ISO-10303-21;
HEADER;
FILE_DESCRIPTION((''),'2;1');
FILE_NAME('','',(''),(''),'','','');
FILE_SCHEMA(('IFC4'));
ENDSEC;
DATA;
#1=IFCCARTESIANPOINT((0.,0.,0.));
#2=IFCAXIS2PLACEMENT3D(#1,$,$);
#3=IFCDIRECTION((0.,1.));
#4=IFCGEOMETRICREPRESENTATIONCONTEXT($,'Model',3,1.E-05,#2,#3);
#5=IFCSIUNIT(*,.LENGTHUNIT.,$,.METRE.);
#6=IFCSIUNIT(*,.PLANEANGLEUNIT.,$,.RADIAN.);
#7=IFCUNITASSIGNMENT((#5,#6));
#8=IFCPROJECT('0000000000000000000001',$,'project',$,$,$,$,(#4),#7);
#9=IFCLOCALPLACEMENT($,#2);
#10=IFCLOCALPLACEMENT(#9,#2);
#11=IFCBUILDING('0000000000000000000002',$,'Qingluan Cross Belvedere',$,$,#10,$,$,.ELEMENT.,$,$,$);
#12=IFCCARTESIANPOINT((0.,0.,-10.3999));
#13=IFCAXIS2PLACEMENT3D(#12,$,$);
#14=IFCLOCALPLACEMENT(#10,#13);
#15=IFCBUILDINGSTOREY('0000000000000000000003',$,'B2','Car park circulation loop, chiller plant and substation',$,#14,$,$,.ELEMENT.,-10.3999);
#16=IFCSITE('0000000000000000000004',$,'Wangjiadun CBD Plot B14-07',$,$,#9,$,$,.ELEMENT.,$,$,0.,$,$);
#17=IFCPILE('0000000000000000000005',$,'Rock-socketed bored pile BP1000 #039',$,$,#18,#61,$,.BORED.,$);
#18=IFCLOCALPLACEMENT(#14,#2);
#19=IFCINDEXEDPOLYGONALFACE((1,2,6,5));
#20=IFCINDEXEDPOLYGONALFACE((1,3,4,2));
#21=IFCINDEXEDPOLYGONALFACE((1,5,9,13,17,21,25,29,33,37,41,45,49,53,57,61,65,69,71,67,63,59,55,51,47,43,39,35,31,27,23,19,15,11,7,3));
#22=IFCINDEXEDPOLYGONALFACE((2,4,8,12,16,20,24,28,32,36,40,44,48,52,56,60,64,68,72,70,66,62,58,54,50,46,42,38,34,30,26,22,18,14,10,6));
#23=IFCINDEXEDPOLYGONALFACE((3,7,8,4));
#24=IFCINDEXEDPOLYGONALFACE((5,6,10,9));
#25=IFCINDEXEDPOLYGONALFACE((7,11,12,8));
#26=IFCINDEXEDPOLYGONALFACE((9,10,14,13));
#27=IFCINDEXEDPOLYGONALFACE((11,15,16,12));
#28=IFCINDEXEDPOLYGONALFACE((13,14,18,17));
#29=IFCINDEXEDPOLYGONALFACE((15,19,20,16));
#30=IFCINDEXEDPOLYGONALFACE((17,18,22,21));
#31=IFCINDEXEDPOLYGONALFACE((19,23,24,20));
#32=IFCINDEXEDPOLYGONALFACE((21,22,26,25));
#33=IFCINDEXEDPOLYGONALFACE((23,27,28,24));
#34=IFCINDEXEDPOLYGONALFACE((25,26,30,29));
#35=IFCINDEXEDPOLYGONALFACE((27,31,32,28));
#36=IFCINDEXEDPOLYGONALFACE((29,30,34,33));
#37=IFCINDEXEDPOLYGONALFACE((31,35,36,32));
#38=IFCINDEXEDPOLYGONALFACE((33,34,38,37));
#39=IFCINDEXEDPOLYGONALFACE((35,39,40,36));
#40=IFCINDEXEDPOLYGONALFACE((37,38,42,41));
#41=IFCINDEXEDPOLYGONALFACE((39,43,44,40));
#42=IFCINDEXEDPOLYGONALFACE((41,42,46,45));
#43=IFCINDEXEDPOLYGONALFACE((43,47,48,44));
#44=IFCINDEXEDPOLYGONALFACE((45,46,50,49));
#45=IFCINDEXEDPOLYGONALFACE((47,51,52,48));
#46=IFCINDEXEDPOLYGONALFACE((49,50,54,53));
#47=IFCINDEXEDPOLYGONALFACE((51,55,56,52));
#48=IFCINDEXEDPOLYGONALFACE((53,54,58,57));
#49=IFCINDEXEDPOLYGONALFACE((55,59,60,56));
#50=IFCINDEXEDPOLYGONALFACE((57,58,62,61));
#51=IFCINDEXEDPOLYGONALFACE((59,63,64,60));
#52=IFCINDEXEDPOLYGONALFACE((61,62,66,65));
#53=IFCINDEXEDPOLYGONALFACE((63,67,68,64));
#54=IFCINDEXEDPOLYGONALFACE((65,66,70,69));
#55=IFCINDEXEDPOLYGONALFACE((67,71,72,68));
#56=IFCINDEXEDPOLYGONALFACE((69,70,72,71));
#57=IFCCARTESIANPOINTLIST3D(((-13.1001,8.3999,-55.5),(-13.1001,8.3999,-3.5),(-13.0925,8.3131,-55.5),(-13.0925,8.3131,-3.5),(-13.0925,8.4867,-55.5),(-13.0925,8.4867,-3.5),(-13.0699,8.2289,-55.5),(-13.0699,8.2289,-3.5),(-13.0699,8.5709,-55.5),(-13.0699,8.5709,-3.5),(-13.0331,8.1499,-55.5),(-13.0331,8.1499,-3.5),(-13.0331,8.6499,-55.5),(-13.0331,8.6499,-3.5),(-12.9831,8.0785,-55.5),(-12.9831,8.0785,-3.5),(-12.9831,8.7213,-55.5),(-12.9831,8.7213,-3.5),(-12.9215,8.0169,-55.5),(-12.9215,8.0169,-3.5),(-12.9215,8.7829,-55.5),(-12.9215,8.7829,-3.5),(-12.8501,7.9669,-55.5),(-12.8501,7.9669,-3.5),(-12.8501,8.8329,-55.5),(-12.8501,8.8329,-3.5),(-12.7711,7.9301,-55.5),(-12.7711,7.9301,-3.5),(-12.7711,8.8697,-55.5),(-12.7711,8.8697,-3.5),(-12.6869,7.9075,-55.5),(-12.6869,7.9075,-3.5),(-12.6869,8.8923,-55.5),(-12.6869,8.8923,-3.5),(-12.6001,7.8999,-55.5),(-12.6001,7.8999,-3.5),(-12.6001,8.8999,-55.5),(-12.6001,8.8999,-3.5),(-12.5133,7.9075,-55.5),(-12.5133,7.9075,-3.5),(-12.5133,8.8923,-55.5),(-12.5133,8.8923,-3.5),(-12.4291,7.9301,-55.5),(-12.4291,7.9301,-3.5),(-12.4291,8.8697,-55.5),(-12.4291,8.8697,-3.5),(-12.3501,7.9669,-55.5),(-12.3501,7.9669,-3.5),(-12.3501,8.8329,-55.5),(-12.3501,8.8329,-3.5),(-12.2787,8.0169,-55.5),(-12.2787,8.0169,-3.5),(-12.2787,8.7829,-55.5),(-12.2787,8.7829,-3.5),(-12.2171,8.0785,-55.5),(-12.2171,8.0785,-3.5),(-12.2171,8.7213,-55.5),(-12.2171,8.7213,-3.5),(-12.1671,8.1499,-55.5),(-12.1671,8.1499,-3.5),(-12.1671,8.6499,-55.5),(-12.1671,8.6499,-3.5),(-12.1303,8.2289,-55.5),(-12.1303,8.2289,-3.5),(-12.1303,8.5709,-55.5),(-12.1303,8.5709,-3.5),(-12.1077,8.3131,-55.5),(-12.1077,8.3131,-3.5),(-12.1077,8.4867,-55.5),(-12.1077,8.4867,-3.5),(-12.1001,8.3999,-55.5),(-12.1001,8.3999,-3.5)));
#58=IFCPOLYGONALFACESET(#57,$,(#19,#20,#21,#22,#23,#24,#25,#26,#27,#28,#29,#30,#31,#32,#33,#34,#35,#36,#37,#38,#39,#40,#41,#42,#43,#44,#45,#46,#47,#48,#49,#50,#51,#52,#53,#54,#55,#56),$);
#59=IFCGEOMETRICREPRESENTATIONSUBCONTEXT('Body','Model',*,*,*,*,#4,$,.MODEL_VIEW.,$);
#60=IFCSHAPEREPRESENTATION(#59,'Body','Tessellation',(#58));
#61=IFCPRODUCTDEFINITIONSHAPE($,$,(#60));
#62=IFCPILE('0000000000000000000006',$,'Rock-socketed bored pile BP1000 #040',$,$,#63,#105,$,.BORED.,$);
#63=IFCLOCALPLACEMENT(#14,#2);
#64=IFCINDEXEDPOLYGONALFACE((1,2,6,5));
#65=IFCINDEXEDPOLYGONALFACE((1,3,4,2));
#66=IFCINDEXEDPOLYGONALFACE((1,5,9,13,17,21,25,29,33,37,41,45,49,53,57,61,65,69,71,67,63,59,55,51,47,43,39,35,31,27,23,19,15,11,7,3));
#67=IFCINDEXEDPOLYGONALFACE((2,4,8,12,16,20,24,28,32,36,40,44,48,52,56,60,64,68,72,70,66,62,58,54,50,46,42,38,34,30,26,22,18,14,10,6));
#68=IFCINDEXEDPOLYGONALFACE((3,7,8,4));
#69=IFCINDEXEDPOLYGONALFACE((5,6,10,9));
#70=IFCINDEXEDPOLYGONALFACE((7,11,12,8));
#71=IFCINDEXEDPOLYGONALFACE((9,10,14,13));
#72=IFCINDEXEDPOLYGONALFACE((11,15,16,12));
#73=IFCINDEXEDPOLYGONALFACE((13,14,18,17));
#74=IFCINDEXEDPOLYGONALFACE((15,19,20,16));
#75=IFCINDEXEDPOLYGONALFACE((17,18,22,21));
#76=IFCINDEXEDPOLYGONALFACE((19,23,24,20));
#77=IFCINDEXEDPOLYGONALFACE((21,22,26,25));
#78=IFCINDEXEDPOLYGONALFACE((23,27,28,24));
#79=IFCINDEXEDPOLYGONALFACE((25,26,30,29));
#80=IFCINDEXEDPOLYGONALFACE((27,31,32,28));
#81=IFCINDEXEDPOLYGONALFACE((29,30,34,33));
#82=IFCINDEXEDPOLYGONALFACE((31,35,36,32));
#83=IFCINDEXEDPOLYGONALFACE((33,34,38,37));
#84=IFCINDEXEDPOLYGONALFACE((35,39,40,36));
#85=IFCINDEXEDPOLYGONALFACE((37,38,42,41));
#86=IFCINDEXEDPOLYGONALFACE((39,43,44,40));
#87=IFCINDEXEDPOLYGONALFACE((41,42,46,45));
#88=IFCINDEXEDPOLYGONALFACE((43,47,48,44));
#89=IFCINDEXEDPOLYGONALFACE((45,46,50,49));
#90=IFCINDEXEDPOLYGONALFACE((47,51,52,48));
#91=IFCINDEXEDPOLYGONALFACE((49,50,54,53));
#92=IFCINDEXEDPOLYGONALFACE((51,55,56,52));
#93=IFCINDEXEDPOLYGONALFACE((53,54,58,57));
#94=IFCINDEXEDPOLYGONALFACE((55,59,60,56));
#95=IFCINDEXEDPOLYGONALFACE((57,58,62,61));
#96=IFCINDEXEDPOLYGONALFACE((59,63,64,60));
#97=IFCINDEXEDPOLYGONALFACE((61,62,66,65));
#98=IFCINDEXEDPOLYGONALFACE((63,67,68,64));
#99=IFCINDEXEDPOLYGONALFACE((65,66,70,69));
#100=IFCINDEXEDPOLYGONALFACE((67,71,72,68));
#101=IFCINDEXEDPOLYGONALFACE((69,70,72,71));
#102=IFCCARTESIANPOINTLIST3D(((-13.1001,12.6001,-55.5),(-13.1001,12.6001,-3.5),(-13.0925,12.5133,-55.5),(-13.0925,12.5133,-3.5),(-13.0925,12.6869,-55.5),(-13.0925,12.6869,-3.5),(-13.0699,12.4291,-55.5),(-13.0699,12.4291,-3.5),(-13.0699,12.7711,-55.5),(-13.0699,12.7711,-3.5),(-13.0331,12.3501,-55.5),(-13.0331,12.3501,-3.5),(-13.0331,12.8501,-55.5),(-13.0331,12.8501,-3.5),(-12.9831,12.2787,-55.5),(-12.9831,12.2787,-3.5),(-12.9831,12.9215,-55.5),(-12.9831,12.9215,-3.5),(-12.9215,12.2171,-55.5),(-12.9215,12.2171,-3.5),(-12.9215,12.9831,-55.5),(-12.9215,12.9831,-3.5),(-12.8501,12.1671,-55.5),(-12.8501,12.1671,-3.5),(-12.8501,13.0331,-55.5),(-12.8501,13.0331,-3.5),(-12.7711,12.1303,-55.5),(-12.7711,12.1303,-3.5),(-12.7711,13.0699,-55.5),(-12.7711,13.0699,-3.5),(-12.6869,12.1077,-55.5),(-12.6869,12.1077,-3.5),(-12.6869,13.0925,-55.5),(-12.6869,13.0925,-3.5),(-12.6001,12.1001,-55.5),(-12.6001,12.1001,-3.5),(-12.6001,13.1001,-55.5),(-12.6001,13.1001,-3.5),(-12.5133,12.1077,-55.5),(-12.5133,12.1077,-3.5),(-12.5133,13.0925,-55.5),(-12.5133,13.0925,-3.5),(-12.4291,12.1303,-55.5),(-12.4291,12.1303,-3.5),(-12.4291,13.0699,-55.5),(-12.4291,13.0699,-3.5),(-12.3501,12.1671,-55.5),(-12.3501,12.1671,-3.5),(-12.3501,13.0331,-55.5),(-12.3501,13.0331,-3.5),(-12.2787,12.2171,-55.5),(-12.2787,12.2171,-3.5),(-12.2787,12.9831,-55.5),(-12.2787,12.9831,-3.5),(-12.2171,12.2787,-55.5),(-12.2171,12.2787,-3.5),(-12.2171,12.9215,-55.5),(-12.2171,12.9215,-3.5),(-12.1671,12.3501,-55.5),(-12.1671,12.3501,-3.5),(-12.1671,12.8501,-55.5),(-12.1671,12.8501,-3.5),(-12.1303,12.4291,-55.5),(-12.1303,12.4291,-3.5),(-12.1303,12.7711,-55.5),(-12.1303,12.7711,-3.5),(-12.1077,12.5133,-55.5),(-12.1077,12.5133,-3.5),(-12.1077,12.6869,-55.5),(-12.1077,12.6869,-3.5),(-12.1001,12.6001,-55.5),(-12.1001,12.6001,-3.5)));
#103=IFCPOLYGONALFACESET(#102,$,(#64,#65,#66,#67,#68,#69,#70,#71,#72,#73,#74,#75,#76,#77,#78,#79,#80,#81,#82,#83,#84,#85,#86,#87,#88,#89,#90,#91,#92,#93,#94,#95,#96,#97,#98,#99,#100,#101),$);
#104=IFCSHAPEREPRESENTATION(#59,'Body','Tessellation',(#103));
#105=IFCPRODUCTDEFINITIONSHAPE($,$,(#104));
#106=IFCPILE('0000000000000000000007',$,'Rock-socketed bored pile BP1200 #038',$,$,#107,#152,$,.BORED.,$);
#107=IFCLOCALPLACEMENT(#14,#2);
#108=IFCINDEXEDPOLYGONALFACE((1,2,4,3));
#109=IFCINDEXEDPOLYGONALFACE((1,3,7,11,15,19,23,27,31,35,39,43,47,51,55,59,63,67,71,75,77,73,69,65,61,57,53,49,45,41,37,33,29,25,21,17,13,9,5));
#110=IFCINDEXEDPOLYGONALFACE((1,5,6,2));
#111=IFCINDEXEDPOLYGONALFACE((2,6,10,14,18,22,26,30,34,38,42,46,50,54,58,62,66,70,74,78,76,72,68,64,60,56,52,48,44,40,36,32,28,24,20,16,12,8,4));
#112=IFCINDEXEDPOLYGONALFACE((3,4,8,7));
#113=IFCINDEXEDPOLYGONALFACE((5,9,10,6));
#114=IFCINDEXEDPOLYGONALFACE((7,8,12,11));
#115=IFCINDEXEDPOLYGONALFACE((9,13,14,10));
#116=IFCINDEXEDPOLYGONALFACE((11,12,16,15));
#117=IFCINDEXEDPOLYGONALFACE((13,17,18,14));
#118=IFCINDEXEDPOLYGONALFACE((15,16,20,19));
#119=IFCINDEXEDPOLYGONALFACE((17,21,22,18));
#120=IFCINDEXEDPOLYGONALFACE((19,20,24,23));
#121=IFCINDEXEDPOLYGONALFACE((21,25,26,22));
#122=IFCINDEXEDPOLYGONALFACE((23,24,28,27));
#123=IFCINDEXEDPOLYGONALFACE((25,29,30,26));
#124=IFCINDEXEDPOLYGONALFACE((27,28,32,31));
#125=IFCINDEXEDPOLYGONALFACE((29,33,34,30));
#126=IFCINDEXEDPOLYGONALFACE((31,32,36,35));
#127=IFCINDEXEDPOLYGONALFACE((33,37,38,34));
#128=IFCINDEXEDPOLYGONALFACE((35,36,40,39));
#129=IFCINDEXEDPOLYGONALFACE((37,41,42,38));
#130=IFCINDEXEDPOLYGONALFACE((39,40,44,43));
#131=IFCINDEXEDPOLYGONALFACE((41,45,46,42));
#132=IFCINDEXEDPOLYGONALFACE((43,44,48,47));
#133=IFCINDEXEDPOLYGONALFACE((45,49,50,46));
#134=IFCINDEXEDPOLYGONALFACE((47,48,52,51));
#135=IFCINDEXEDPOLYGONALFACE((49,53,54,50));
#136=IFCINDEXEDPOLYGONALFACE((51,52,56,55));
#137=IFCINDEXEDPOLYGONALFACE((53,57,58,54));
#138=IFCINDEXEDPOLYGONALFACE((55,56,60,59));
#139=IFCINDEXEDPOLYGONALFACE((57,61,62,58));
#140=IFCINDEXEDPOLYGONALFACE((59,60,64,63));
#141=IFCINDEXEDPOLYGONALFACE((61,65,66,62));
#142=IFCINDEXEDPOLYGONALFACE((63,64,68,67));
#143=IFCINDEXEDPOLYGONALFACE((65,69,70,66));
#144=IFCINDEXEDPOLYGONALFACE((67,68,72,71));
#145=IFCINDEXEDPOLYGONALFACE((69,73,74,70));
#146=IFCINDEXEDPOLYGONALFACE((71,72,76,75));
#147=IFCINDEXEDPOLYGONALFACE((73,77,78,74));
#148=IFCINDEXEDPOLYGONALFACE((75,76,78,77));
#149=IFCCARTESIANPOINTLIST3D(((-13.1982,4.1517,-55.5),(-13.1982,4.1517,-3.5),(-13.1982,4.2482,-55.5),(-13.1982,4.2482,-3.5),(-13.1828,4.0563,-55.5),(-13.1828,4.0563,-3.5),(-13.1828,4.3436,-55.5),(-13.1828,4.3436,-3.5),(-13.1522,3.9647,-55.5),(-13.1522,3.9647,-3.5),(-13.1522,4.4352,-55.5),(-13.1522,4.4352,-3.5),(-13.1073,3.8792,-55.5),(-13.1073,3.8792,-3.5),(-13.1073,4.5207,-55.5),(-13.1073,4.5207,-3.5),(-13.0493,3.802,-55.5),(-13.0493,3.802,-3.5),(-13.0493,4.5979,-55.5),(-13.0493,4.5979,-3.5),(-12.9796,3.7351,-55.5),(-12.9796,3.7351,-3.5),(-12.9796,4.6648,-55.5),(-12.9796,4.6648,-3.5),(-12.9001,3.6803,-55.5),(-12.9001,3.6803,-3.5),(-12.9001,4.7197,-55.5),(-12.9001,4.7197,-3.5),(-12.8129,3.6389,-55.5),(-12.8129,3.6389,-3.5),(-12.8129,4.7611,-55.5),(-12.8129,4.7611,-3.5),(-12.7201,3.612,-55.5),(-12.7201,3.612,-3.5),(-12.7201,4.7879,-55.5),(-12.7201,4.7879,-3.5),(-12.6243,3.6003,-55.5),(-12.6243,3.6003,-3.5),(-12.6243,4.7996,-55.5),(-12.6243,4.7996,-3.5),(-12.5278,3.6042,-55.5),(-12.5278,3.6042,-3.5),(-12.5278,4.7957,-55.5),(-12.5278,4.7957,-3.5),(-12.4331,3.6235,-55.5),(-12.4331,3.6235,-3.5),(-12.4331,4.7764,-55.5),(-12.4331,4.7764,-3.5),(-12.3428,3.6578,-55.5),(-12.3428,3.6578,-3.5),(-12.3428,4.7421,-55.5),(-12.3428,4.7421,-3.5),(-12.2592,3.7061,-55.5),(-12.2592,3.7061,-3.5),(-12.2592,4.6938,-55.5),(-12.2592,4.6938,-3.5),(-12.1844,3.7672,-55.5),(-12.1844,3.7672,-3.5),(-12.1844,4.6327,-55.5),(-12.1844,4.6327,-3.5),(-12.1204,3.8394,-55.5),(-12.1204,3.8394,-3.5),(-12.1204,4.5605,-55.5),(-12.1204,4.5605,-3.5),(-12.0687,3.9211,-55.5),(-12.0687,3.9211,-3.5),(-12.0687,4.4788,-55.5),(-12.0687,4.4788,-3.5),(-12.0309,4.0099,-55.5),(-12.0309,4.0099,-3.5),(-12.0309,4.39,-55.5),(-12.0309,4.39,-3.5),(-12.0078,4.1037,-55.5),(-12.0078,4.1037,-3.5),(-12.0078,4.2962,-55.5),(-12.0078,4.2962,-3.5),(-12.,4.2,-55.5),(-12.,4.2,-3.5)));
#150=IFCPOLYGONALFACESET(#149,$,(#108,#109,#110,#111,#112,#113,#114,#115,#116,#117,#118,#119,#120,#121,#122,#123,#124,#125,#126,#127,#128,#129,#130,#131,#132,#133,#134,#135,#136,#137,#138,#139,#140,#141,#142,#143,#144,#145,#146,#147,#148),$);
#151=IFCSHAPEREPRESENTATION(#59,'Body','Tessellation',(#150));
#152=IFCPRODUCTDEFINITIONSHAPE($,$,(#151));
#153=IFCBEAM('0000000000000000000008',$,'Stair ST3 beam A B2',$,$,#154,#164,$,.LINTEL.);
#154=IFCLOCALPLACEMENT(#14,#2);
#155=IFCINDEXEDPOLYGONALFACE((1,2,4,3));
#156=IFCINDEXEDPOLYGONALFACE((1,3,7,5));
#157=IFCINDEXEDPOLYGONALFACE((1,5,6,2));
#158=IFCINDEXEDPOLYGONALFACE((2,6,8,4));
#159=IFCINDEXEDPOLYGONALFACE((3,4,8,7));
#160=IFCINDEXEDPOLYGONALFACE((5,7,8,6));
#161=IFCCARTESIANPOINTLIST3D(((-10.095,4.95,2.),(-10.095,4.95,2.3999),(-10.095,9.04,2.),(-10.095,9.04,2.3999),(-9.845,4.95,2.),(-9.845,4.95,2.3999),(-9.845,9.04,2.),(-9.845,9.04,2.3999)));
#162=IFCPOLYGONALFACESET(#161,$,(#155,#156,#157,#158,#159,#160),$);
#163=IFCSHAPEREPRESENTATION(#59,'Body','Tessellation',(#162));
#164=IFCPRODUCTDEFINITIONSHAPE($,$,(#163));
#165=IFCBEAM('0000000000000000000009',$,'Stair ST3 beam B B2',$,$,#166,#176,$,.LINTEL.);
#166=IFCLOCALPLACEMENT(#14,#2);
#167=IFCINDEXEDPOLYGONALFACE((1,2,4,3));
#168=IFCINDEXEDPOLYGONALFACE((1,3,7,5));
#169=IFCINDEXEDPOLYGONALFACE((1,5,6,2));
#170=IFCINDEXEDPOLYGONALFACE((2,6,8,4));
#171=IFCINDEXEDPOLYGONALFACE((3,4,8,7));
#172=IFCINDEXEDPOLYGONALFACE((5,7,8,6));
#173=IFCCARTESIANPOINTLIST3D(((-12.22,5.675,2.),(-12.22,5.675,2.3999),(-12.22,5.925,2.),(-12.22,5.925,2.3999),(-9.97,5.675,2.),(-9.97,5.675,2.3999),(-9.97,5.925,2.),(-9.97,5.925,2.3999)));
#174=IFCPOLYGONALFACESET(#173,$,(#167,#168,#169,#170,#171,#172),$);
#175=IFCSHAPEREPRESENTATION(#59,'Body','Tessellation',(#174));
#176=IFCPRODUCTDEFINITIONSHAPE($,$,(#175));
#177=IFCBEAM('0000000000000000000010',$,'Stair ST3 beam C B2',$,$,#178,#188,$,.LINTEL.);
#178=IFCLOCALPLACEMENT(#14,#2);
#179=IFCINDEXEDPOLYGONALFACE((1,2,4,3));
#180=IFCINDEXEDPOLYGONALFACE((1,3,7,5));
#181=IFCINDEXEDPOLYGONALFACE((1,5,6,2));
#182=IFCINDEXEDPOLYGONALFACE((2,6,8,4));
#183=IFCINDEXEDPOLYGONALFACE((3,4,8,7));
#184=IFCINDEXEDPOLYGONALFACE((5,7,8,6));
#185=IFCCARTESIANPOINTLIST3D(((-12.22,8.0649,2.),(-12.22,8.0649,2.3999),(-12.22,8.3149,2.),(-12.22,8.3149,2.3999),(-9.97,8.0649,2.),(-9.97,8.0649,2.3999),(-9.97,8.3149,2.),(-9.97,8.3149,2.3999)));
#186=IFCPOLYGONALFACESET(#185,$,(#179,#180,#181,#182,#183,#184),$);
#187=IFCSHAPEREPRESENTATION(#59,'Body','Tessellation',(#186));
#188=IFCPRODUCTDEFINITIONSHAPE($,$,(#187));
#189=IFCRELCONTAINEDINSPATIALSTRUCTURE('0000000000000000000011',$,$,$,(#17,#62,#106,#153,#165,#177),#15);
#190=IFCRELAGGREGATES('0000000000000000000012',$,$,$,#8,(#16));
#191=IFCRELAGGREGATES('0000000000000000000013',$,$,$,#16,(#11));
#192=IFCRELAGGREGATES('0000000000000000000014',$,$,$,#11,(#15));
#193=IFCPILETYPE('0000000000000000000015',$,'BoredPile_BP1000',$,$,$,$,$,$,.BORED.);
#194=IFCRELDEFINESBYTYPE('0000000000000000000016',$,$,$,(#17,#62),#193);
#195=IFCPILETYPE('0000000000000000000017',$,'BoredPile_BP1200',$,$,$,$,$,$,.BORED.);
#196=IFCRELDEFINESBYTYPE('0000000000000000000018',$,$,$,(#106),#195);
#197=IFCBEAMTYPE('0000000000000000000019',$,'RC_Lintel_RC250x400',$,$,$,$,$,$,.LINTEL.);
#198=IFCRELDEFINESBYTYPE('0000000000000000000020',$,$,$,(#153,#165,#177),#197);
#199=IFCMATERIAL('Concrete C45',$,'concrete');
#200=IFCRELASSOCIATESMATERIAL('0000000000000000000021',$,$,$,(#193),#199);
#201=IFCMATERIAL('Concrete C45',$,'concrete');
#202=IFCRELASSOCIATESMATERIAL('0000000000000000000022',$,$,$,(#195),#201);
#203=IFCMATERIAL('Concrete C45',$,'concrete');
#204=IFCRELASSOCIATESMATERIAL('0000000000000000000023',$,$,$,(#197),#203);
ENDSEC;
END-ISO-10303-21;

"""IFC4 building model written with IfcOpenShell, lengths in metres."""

from ifc_helpers import new_model, si_unit, direction, frame, origin, origin_2d, place, context, subcontext, project, spatial, rectangle, circle, extrude, material, material_profile, profile_set, type_object, element, save


model = new_model("IFC4")

# Units and contexts
model_context = context("Model", 3, precision=1e-05, world=origin(), true_north=direction((0.0, 1.0)))
body_context = subcontext(model_context, "Body", "Model", "MODEL_VIEW")
ifc_project = project(units=[si_unit("LENGTHUNIT", "METRE"), si_unit("PLANEANGLEUNIT", "RADIAN")], contexts=[model_context])

# Site, building, storey
site_placement = place(None, origin())
site = spatial("IfcSite", under=ifc_project, at=site_placement, Name="Wangjiadun CBD Plot B14-07", CompositionType="ELEMENT", RefElevation=0.0)
building_placement = place(site_placement, origin())
building = spatial("IfcBuilding", under=site, at=building_placement, Name="Qingluan Cross Belvedere", CompositionType="ELEMENT")
storey_placement = place(building_placement, frame((0.0, 0.0, -10.3999)))
storey = spatial("IfcBuildingStorey", under=building, at=storey_placement, Name="B2", Description="Car park circulation loop, chiller plant and substation", CompositionType="ELEMENT", Elevation=-10.3999)

# Piles
ifc_material_1 = material(Name="Concrete C45", Category="concrete")
ifc_material_profile_1 = material_profile(ifc_material_1, circle(Radius=0.5, at=origin_2d()), Name="BP1000")
ifc_profile_set_1 = profile_set([ifc_material_profile_1], Name="Concrete C45")
pile_type_1 = type_object("IfcPileType", Name="BoredPile_BP1000", PredefinedType="BORED", material=ifc_profile_set_1)
for number, where, z_axis, x_axis, name in (
    (1, (-12.6001, 8.3999, -3.5), (0.0, 0.0, -1.0), (1.0, 0.0, 0.0), "Rock-socketed bored pile BP1000 #039"),
    (2, (-12.6001, 12.6001, -3.5), (0.0, 0.0, -1.0), (1.0, 0.0, 0.0), "Rock-socketed bored pile BP1000 #040"),
):
    element("IfcPile", number, at=place(storey_placement, frame(where, z_axis=z_axis, x_axis=x_axis)), inside=storey, type_object=pile_type_1, Name=name, PredefinedType="BORED", context=body_context, shape_type="SweptSolid", body=[
        extrude(circle(Radius=0.5, at=origin_2d()), origin(), (0.0, 0.0, 1.0), 52.0),
    ])
ifc_material_2 = material(Name="Concrete C45", Category="concrete")
ifc_material_profile_2 = material_profile(ifc_material_2, circle(Radius=0.6001, at=origin_2d()), Name="BP1200")
ifc_profile_set_2 = profile_set([ifc_material_profile_2], Name="Concrete C45")
pile_type_2 = type_object("IfcPileType", Name="BoredPile_BP1200", PredefinedType="BORED", material=ifc_profile_set_2)
pile_placement = place(storey_placement, frame((-12.6001, 4.2, -3.5), z_axis=(0.0, 0.0, -1.0), x_axis=(1.0, 0.0, 0.0)))
element("IfcPile", 3, at=pile_placement, inside=storey, type_object=pile_type_2, Name="Rock-socketed bored pile BP1200 #038", PredefinedType="BORED", context=body_context, shape_type="SweptSolid", body=[
    extrude(circle(Radius=0.6001, at=origin_2d()), origin(), (0.0, 0.0, 1.0), 52.0),
])

# Beams
ifc_material_3 = material(Name="Concrete C45", Category="concrete")
ifc_material_profile_3 = material_profile(ifc_material_3, rectangle(XDim=0.25, YDim=0.3999, at=origin_2d()), Name="RC250x400")
ifc_profile_set_3 = profile_set([ifc_material_profile_3], Name="Concrete C45")
beam_type_1 = type_object("IfcBeamType", Name="RC_Lintel_RC250x400", PredefinedType="LINTEL", material=ifc_profile_set_3)
beam_1_placement = place(storey_placement, frame((-9.97, 4.95, 2.2), z_axis=(0.0, 1.0, 0.0), x_axis=(-1.0, 0.0, 0.0)))
element("IfcBeam", 4, at=beam_1_placement, inside=storey, type_object=beam_type_1, Name="Stair ST3 beam A B2", PredefinedType="LINTEL", context=body_context, shape_type="SweptSolid", body=[
    extrude(rectangle(XDim=0.25, YDim=0.3999, at=origin_2d()), origin(), (0.0, 0.0, 1.0), 4.0901),
])
for number, where, z_axis, x_axis, name in (
    (5, (-12.22, 5.8, 2.2), (1.0, 0.0, 0.0), (0.0, 1.0, 0.0), "Stair ST3 beam B B2"),
    (6, (-12.22, 8.1899, 2.2), (1.0, 0.0, 0.0), (0.0, 1.0, 0.0), "Stair ST3 beam C B2"),
):
    element("IfcBeam", number, at=place(storey_placement, frame(where, z_axis=z_axis, x_axis=x_axis)), inside=storey, type_object=beam_type_1, Name=name, PredefinedType="LINTEL", context=body_context, shape_type="SweptSolid", body=[
        extrude(rectangle(XDim=0.25, YDim=0.3999, at=origin_2d()), origin(), (0.0, 0.0, 1.0), 2.25),
    ])

save(model, "model.ifc")
